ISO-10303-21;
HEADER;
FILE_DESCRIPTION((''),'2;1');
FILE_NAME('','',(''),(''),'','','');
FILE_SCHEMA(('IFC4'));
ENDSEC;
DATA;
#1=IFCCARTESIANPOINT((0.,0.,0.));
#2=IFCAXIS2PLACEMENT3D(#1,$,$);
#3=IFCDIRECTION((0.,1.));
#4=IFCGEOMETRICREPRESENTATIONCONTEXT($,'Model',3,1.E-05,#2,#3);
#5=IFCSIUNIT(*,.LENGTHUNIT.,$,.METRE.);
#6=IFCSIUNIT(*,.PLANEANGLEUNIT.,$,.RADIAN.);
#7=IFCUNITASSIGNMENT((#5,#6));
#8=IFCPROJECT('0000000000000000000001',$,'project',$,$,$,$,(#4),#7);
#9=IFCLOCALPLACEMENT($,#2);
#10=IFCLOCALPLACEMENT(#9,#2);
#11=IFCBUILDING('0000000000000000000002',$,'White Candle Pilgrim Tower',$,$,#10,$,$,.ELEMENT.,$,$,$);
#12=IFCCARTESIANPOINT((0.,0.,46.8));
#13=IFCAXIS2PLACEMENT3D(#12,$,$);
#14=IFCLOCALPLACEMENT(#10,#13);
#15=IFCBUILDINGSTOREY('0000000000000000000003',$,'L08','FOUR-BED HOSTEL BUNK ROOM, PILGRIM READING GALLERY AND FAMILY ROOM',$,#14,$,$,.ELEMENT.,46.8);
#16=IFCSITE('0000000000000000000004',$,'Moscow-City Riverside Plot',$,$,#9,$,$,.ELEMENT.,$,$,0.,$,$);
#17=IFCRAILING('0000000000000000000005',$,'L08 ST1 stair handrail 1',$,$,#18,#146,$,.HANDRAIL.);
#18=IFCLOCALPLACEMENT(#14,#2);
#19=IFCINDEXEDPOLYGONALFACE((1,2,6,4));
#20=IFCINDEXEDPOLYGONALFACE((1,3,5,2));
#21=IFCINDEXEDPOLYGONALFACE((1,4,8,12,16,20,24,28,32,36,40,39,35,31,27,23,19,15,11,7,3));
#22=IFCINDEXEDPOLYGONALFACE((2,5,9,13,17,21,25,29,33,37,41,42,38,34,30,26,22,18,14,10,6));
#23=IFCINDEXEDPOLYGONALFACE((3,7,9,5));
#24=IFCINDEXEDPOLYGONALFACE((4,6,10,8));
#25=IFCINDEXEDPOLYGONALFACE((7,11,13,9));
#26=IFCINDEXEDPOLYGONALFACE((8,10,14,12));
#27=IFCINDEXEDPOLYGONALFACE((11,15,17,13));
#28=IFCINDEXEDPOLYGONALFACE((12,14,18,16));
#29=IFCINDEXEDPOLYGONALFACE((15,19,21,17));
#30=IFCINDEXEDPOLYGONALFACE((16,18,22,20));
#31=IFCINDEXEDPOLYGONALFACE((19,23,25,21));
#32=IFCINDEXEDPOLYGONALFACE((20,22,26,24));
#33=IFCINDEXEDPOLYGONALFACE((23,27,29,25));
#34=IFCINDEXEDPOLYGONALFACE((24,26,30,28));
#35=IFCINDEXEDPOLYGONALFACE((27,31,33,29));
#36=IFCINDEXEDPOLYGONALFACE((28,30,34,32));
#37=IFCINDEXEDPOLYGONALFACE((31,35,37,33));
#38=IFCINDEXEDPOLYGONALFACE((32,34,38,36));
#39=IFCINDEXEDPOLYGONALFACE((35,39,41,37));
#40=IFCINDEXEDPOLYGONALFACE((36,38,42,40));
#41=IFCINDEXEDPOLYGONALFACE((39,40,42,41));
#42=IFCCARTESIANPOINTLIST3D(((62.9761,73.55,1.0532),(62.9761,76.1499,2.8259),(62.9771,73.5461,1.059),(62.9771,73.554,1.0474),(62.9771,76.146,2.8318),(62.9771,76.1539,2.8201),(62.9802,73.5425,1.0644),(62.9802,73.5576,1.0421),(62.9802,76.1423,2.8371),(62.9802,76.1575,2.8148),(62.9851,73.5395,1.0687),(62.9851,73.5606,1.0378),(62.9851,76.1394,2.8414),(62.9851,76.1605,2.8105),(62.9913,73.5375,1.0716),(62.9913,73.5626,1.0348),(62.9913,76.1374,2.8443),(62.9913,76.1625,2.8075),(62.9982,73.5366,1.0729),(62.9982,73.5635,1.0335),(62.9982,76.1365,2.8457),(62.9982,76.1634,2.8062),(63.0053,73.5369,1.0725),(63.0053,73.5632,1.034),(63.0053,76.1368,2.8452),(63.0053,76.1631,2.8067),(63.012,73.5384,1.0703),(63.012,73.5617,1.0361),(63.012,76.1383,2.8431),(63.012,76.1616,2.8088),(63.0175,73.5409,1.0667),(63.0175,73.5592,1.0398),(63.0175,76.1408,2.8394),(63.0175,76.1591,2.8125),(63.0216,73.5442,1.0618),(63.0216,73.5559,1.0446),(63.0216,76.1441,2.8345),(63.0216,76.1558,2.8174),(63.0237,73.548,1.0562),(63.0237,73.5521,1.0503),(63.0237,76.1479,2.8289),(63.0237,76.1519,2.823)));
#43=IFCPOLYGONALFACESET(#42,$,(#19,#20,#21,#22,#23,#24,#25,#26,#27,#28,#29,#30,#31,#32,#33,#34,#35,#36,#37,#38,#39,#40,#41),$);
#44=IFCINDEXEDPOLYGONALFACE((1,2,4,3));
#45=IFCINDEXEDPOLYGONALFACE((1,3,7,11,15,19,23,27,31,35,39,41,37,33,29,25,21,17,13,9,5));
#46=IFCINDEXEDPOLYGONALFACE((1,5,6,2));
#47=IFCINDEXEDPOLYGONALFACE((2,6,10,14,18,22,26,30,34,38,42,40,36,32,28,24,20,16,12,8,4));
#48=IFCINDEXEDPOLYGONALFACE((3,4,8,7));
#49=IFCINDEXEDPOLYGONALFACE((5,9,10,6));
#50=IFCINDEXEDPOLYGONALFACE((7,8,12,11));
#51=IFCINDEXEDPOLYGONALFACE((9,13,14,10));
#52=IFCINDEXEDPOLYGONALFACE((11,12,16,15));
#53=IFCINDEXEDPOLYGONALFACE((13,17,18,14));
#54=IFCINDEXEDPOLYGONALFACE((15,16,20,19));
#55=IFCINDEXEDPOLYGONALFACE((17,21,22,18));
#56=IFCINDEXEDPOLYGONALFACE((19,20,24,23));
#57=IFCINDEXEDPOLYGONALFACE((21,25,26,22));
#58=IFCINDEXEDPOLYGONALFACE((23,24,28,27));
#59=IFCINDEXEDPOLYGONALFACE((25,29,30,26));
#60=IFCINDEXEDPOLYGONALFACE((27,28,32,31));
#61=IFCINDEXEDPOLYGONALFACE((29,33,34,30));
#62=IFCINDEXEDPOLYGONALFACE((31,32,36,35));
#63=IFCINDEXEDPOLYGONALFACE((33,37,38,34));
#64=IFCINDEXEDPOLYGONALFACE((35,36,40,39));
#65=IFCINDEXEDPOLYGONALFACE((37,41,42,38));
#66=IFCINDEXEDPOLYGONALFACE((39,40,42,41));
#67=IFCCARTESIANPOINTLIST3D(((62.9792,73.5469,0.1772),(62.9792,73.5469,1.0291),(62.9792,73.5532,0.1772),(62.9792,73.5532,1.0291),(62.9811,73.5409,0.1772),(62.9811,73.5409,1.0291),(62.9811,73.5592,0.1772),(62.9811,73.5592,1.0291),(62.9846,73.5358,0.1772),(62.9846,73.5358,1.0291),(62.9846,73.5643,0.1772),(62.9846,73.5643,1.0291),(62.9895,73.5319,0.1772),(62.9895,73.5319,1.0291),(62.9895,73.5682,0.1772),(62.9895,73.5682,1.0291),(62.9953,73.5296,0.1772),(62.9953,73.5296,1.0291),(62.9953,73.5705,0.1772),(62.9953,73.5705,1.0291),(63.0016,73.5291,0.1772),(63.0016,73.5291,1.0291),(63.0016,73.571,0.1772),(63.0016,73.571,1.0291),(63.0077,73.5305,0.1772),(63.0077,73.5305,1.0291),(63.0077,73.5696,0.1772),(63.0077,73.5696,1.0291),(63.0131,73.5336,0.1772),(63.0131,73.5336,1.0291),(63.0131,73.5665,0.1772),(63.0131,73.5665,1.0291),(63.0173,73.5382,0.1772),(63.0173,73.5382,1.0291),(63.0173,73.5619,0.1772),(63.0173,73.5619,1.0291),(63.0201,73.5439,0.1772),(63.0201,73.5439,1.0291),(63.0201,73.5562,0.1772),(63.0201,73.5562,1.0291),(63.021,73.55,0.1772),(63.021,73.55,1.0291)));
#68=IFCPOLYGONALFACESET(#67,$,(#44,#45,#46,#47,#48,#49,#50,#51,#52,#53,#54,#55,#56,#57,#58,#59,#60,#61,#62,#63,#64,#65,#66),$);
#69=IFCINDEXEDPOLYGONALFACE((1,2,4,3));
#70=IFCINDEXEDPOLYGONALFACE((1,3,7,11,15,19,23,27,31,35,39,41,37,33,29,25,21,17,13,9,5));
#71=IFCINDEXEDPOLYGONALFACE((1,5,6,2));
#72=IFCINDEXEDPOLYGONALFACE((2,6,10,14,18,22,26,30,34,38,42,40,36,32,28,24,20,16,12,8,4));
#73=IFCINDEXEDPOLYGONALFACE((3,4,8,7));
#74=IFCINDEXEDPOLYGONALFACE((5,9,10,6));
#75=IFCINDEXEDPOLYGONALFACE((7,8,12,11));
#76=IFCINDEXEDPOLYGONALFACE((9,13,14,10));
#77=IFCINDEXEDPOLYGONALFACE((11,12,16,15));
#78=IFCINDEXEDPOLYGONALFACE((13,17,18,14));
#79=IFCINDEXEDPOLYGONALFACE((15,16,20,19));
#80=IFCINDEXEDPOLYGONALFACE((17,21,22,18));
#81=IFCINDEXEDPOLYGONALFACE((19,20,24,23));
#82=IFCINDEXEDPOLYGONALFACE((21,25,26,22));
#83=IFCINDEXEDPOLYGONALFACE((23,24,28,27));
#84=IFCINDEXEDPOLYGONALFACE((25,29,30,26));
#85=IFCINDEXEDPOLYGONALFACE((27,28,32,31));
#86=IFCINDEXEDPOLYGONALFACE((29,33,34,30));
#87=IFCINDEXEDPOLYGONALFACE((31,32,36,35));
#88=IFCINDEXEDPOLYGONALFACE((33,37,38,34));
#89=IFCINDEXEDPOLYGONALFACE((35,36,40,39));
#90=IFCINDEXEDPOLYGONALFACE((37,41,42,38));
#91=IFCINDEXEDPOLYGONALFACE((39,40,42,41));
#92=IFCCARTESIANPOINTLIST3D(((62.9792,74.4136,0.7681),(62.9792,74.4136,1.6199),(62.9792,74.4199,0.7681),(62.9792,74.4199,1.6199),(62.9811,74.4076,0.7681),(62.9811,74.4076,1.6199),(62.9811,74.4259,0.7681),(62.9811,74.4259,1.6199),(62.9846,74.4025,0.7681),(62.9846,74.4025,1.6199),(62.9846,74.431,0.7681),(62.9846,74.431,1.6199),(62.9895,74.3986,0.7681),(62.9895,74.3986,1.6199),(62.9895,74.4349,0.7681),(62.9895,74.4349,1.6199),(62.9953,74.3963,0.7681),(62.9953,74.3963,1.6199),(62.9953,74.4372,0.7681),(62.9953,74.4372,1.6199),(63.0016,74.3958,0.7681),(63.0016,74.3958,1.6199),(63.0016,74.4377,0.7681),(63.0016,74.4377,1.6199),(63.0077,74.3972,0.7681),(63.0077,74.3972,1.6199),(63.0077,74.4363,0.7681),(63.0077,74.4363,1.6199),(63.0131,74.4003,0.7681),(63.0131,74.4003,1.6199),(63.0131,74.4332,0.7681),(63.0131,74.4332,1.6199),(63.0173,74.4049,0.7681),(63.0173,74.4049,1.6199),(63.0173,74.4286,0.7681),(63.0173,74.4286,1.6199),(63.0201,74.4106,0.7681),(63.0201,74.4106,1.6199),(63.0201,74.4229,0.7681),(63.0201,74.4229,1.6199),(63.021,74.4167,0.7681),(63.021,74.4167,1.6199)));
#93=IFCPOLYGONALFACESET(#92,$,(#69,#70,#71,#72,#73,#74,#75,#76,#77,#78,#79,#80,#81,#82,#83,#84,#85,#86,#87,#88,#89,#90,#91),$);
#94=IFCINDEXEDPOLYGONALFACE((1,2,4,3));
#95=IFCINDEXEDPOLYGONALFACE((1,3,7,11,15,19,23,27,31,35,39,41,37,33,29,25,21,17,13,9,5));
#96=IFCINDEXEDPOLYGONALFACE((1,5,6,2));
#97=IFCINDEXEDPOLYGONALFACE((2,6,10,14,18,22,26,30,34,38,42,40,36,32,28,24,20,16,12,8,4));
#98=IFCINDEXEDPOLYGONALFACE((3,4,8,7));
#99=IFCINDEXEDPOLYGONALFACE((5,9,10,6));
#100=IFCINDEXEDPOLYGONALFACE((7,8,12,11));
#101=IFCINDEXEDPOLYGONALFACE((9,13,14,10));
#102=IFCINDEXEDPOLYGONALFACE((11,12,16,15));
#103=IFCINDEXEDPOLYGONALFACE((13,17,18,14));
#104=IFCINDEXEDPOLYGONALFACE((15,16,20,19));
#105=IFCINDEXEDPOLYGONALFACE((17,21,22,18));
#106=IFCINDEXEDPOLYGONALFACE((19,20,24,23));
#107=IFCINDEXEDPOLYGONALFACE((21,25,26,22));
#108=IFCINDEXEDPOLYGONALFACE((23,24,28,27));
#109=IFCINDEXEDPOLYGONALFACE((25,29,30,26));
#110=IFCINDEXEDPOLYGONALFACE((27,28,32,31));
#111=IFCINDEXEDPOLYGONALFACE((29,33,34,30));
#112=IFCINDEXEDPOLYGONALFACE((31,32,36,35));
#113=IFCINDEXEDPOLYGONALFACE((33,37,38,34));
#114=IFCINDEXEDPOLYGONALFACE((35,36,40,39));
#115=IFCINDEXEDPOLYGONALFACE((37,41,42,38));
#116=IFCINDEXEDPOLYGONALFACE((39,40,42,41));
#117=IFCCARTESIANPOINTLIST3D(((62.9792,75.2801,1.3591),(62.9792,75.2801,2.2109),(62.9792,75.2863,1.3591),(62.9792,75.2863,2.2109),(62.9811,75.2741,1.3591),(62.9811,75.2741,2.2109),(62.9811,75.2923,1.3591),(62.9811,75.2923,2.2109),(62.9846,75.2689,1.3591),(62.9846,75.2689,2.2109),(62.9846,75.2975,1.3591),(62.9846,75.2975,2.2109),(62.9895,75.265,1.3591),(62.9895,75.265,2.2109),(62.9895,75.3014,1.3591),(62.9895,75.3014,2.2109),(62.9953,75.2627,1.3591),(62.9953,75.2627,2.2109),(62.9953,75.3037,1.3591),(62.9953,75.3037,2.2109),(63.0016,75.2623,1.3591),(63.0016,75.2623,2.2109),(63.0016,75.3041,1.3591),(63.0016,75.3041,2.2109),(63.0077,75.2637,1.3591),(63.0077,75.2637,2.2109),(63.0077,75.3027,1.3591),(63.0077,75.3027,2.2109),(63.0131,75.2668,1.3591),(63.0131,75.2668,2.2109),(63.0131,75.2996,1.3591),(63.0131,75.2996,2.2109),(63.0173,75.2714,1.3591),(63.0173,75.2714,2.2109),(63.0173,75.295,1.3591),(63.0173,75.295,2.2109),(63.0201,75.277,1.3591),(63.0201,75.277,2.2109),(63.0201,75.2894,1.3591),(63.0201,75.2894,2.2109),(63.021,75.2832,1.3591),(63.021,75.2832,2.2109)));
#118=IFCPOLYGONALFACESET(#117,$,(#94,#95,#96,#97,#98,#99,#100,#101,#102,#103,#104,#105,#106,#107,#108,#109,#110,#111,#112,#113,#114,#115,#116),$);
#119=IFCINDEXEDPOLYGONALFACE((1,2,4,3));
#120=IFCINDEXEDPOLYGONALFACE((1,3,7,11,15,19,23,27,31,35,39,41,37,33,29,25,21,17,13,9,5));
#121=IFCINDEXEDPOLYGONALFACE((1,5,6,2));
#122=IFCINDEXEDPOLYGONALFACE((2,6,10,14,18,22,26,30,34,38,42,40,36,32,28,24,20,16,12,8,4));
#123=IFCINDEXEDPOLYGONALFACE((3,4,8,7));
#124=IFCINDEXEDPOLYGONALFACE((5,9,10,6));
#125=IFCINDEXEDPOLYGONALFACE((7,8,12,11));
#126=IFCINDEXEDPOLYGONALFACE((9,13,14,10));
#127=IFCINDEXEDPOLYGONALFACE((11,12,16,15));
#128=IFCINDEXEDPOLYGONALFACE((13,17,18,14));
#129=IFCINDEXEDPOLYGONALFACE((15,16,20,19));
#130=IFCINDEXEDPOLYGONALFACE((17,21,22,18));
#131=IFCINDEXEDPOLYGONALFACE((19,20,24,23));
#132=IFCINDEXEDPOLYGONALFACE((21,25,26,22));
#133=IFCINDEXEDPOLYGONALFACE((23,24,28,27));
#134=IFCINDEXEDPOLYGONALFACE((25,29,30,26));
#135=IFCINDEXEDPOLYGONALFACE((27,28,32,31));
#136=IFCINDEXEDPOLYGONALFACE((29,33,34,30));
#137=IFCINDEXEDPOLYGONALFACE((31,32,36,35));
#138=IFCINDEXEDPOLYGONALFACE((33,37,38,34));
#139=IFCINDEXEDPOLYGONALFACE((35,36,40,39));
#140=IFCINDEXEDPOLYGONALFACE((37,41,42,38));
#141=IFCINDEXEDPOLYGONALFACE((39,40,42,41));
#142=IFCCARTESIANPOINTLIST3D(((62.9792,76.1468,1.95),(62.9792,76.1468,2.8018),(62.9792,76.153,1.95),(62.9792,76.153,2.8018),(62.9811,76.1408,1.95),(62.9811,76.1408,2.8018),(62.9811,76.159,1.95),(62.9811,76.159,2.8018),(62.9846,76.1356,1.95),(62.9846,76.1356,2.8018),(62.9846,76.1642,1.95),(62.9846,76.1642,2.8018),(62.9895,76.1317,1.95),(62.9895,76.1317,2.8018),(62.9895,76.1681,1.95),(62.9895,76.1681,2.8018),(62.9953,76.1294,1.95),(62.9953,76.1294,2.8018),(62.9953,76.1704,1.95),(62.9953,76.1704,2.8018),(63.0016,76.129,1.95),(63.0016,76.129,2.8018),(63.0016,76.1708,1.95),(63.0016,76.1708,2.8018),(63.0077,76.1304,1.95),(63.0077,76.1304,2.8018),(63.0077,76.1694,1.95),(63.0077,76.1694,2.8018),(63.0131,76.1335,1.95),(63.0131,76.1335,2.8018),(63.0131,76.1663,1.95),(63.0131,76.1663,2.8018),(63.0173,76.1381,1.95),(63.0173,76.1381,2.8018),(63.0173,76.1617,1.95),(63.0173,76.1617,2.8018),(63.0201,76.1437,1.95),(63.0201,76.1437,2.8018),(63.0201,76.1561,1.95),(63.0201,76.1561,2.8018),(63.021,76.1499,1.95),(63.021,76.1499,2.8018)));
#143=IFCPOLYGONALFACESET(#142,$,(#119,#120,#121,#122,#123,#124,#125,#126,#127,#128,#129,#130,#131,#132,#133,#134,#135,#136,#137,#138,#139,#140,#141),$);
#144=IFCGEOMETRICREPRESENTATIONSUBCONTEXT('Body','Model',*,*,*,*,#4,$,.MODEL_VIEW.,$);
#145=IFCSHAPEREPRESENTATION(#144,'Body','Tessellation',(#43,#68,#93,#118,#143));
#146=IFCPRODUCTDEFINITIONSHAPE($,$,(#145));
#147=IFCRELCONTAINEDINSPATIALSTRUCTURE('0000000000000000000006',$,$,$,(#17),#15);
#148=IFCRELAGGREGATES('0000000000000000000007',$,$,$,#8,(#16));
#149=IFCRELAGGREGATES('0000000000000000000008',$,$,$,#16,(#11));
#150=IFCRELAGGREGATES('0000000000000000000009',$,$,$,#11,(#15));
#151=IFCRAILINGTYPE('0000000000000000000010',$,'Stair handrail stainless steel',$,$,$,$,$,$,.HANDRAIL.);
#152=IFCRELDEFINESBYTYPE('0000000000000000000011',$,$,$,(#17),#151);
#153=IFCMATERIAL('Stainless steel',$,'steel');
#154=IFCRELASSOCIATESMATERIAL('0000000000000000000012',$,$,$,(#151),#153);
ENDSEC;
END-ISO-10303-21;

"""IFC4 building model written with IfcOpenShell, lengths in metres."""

from ifc_helpers import new_model, si_unit, direction, frame, origin, origin_2d, place, context, subcontext, project, spatial, circle, extrude, material, type_object, element, save


model = new_model("IFC4")

# Units and contexts
model_context = context("Model", 3, precision=1e-05, world=origin(), true_north=direction((0.0, 1.0)))
body_context = subcontext(model_context, "Body", "Model", "MODEL_VIEW")
ifc_project = project(units=[si_unit("LENGTHUNIT", "METRE"), si_unit("PLANEANGLEUNIT", "RADIAN")], contexts=[model_context])

# Site, building, storey
site_placement = place(None, origin())
site = spatial("IfcSite", under=ifc_project, at=site_placement, Name="Moscow-City Riverside Plot", CompositionType="ELEMENT", RefElevation=0.0)
building_placement = place(site_placement, origin())
building = spatial("IfcBuilding", under=site, at=building_placement, Name="White Candle Pilgrim Tower", CompositionType="ELEMENT")
storey_placement = place(building_placement, frame((0.0, 0.0, 46.8)))
storey = spatial("IfcBuildingStorey", under=building, at=storey_placement, Name="L08", Description="FOUR-BED HOSTEL BUNK ROOM, PILGRIM READING GALLERY AND FAMILY ROOM", CompositionType="ELEMENT", Elevation=46.8)

# Railing
ifc_material_1 = material(Name="Stainless steel", Category="steel")
railing_type_1 = type_object("IfcRailingType", Name="Stair handrail stainless steel", PredefinedType="HANDRAIL", material=ifc_material_1)
railing_1_placement = place(storey_placement, frame((63.0, 73.55, 0.1772)))
element("IfcRailing", 1, at=railing_1_placement, inside=storey, type_object=railing_type_1, Name="L08 ST1 stair handrail 1", PredefinedType="HANDRAIL", context=body_context, shape_type="SweptSolid", body=[
    extrude(circle(Radius=0.0239, at=origin_2d()), frame((0.0, 0.0, 0.876), z_axis=(0.0, 0.826216, 0.563354), x_axis=(-1.0, 0.0, 0.0)), (0.0, 0.0, 1.0), 3.1467),
    extrude(circle(Radius=0.021, at=origin_2d()), origin(), (0.0, 0.0, 1.0), 0.8518),
    extrude(circle(Radius=0.021, at=origin_2d()), frame((0.0, 0.8667, 0.5908)), (0.0, 0.0, 1.0), 0.8518),
    extrude(circle(Radius=0.021, at=origin_2d()), frame((0.0, 1.7332, 1.1819)), (0.0, 0.0, 1.0), 0.8518),
    extrude(circle(Radius=0.021, at=origin_2d()), frame((0.0, 2.5999, 1.7727)), (0.0, 0.0, 1.0), 0.8518),
])

save(model, "model.ifc")
